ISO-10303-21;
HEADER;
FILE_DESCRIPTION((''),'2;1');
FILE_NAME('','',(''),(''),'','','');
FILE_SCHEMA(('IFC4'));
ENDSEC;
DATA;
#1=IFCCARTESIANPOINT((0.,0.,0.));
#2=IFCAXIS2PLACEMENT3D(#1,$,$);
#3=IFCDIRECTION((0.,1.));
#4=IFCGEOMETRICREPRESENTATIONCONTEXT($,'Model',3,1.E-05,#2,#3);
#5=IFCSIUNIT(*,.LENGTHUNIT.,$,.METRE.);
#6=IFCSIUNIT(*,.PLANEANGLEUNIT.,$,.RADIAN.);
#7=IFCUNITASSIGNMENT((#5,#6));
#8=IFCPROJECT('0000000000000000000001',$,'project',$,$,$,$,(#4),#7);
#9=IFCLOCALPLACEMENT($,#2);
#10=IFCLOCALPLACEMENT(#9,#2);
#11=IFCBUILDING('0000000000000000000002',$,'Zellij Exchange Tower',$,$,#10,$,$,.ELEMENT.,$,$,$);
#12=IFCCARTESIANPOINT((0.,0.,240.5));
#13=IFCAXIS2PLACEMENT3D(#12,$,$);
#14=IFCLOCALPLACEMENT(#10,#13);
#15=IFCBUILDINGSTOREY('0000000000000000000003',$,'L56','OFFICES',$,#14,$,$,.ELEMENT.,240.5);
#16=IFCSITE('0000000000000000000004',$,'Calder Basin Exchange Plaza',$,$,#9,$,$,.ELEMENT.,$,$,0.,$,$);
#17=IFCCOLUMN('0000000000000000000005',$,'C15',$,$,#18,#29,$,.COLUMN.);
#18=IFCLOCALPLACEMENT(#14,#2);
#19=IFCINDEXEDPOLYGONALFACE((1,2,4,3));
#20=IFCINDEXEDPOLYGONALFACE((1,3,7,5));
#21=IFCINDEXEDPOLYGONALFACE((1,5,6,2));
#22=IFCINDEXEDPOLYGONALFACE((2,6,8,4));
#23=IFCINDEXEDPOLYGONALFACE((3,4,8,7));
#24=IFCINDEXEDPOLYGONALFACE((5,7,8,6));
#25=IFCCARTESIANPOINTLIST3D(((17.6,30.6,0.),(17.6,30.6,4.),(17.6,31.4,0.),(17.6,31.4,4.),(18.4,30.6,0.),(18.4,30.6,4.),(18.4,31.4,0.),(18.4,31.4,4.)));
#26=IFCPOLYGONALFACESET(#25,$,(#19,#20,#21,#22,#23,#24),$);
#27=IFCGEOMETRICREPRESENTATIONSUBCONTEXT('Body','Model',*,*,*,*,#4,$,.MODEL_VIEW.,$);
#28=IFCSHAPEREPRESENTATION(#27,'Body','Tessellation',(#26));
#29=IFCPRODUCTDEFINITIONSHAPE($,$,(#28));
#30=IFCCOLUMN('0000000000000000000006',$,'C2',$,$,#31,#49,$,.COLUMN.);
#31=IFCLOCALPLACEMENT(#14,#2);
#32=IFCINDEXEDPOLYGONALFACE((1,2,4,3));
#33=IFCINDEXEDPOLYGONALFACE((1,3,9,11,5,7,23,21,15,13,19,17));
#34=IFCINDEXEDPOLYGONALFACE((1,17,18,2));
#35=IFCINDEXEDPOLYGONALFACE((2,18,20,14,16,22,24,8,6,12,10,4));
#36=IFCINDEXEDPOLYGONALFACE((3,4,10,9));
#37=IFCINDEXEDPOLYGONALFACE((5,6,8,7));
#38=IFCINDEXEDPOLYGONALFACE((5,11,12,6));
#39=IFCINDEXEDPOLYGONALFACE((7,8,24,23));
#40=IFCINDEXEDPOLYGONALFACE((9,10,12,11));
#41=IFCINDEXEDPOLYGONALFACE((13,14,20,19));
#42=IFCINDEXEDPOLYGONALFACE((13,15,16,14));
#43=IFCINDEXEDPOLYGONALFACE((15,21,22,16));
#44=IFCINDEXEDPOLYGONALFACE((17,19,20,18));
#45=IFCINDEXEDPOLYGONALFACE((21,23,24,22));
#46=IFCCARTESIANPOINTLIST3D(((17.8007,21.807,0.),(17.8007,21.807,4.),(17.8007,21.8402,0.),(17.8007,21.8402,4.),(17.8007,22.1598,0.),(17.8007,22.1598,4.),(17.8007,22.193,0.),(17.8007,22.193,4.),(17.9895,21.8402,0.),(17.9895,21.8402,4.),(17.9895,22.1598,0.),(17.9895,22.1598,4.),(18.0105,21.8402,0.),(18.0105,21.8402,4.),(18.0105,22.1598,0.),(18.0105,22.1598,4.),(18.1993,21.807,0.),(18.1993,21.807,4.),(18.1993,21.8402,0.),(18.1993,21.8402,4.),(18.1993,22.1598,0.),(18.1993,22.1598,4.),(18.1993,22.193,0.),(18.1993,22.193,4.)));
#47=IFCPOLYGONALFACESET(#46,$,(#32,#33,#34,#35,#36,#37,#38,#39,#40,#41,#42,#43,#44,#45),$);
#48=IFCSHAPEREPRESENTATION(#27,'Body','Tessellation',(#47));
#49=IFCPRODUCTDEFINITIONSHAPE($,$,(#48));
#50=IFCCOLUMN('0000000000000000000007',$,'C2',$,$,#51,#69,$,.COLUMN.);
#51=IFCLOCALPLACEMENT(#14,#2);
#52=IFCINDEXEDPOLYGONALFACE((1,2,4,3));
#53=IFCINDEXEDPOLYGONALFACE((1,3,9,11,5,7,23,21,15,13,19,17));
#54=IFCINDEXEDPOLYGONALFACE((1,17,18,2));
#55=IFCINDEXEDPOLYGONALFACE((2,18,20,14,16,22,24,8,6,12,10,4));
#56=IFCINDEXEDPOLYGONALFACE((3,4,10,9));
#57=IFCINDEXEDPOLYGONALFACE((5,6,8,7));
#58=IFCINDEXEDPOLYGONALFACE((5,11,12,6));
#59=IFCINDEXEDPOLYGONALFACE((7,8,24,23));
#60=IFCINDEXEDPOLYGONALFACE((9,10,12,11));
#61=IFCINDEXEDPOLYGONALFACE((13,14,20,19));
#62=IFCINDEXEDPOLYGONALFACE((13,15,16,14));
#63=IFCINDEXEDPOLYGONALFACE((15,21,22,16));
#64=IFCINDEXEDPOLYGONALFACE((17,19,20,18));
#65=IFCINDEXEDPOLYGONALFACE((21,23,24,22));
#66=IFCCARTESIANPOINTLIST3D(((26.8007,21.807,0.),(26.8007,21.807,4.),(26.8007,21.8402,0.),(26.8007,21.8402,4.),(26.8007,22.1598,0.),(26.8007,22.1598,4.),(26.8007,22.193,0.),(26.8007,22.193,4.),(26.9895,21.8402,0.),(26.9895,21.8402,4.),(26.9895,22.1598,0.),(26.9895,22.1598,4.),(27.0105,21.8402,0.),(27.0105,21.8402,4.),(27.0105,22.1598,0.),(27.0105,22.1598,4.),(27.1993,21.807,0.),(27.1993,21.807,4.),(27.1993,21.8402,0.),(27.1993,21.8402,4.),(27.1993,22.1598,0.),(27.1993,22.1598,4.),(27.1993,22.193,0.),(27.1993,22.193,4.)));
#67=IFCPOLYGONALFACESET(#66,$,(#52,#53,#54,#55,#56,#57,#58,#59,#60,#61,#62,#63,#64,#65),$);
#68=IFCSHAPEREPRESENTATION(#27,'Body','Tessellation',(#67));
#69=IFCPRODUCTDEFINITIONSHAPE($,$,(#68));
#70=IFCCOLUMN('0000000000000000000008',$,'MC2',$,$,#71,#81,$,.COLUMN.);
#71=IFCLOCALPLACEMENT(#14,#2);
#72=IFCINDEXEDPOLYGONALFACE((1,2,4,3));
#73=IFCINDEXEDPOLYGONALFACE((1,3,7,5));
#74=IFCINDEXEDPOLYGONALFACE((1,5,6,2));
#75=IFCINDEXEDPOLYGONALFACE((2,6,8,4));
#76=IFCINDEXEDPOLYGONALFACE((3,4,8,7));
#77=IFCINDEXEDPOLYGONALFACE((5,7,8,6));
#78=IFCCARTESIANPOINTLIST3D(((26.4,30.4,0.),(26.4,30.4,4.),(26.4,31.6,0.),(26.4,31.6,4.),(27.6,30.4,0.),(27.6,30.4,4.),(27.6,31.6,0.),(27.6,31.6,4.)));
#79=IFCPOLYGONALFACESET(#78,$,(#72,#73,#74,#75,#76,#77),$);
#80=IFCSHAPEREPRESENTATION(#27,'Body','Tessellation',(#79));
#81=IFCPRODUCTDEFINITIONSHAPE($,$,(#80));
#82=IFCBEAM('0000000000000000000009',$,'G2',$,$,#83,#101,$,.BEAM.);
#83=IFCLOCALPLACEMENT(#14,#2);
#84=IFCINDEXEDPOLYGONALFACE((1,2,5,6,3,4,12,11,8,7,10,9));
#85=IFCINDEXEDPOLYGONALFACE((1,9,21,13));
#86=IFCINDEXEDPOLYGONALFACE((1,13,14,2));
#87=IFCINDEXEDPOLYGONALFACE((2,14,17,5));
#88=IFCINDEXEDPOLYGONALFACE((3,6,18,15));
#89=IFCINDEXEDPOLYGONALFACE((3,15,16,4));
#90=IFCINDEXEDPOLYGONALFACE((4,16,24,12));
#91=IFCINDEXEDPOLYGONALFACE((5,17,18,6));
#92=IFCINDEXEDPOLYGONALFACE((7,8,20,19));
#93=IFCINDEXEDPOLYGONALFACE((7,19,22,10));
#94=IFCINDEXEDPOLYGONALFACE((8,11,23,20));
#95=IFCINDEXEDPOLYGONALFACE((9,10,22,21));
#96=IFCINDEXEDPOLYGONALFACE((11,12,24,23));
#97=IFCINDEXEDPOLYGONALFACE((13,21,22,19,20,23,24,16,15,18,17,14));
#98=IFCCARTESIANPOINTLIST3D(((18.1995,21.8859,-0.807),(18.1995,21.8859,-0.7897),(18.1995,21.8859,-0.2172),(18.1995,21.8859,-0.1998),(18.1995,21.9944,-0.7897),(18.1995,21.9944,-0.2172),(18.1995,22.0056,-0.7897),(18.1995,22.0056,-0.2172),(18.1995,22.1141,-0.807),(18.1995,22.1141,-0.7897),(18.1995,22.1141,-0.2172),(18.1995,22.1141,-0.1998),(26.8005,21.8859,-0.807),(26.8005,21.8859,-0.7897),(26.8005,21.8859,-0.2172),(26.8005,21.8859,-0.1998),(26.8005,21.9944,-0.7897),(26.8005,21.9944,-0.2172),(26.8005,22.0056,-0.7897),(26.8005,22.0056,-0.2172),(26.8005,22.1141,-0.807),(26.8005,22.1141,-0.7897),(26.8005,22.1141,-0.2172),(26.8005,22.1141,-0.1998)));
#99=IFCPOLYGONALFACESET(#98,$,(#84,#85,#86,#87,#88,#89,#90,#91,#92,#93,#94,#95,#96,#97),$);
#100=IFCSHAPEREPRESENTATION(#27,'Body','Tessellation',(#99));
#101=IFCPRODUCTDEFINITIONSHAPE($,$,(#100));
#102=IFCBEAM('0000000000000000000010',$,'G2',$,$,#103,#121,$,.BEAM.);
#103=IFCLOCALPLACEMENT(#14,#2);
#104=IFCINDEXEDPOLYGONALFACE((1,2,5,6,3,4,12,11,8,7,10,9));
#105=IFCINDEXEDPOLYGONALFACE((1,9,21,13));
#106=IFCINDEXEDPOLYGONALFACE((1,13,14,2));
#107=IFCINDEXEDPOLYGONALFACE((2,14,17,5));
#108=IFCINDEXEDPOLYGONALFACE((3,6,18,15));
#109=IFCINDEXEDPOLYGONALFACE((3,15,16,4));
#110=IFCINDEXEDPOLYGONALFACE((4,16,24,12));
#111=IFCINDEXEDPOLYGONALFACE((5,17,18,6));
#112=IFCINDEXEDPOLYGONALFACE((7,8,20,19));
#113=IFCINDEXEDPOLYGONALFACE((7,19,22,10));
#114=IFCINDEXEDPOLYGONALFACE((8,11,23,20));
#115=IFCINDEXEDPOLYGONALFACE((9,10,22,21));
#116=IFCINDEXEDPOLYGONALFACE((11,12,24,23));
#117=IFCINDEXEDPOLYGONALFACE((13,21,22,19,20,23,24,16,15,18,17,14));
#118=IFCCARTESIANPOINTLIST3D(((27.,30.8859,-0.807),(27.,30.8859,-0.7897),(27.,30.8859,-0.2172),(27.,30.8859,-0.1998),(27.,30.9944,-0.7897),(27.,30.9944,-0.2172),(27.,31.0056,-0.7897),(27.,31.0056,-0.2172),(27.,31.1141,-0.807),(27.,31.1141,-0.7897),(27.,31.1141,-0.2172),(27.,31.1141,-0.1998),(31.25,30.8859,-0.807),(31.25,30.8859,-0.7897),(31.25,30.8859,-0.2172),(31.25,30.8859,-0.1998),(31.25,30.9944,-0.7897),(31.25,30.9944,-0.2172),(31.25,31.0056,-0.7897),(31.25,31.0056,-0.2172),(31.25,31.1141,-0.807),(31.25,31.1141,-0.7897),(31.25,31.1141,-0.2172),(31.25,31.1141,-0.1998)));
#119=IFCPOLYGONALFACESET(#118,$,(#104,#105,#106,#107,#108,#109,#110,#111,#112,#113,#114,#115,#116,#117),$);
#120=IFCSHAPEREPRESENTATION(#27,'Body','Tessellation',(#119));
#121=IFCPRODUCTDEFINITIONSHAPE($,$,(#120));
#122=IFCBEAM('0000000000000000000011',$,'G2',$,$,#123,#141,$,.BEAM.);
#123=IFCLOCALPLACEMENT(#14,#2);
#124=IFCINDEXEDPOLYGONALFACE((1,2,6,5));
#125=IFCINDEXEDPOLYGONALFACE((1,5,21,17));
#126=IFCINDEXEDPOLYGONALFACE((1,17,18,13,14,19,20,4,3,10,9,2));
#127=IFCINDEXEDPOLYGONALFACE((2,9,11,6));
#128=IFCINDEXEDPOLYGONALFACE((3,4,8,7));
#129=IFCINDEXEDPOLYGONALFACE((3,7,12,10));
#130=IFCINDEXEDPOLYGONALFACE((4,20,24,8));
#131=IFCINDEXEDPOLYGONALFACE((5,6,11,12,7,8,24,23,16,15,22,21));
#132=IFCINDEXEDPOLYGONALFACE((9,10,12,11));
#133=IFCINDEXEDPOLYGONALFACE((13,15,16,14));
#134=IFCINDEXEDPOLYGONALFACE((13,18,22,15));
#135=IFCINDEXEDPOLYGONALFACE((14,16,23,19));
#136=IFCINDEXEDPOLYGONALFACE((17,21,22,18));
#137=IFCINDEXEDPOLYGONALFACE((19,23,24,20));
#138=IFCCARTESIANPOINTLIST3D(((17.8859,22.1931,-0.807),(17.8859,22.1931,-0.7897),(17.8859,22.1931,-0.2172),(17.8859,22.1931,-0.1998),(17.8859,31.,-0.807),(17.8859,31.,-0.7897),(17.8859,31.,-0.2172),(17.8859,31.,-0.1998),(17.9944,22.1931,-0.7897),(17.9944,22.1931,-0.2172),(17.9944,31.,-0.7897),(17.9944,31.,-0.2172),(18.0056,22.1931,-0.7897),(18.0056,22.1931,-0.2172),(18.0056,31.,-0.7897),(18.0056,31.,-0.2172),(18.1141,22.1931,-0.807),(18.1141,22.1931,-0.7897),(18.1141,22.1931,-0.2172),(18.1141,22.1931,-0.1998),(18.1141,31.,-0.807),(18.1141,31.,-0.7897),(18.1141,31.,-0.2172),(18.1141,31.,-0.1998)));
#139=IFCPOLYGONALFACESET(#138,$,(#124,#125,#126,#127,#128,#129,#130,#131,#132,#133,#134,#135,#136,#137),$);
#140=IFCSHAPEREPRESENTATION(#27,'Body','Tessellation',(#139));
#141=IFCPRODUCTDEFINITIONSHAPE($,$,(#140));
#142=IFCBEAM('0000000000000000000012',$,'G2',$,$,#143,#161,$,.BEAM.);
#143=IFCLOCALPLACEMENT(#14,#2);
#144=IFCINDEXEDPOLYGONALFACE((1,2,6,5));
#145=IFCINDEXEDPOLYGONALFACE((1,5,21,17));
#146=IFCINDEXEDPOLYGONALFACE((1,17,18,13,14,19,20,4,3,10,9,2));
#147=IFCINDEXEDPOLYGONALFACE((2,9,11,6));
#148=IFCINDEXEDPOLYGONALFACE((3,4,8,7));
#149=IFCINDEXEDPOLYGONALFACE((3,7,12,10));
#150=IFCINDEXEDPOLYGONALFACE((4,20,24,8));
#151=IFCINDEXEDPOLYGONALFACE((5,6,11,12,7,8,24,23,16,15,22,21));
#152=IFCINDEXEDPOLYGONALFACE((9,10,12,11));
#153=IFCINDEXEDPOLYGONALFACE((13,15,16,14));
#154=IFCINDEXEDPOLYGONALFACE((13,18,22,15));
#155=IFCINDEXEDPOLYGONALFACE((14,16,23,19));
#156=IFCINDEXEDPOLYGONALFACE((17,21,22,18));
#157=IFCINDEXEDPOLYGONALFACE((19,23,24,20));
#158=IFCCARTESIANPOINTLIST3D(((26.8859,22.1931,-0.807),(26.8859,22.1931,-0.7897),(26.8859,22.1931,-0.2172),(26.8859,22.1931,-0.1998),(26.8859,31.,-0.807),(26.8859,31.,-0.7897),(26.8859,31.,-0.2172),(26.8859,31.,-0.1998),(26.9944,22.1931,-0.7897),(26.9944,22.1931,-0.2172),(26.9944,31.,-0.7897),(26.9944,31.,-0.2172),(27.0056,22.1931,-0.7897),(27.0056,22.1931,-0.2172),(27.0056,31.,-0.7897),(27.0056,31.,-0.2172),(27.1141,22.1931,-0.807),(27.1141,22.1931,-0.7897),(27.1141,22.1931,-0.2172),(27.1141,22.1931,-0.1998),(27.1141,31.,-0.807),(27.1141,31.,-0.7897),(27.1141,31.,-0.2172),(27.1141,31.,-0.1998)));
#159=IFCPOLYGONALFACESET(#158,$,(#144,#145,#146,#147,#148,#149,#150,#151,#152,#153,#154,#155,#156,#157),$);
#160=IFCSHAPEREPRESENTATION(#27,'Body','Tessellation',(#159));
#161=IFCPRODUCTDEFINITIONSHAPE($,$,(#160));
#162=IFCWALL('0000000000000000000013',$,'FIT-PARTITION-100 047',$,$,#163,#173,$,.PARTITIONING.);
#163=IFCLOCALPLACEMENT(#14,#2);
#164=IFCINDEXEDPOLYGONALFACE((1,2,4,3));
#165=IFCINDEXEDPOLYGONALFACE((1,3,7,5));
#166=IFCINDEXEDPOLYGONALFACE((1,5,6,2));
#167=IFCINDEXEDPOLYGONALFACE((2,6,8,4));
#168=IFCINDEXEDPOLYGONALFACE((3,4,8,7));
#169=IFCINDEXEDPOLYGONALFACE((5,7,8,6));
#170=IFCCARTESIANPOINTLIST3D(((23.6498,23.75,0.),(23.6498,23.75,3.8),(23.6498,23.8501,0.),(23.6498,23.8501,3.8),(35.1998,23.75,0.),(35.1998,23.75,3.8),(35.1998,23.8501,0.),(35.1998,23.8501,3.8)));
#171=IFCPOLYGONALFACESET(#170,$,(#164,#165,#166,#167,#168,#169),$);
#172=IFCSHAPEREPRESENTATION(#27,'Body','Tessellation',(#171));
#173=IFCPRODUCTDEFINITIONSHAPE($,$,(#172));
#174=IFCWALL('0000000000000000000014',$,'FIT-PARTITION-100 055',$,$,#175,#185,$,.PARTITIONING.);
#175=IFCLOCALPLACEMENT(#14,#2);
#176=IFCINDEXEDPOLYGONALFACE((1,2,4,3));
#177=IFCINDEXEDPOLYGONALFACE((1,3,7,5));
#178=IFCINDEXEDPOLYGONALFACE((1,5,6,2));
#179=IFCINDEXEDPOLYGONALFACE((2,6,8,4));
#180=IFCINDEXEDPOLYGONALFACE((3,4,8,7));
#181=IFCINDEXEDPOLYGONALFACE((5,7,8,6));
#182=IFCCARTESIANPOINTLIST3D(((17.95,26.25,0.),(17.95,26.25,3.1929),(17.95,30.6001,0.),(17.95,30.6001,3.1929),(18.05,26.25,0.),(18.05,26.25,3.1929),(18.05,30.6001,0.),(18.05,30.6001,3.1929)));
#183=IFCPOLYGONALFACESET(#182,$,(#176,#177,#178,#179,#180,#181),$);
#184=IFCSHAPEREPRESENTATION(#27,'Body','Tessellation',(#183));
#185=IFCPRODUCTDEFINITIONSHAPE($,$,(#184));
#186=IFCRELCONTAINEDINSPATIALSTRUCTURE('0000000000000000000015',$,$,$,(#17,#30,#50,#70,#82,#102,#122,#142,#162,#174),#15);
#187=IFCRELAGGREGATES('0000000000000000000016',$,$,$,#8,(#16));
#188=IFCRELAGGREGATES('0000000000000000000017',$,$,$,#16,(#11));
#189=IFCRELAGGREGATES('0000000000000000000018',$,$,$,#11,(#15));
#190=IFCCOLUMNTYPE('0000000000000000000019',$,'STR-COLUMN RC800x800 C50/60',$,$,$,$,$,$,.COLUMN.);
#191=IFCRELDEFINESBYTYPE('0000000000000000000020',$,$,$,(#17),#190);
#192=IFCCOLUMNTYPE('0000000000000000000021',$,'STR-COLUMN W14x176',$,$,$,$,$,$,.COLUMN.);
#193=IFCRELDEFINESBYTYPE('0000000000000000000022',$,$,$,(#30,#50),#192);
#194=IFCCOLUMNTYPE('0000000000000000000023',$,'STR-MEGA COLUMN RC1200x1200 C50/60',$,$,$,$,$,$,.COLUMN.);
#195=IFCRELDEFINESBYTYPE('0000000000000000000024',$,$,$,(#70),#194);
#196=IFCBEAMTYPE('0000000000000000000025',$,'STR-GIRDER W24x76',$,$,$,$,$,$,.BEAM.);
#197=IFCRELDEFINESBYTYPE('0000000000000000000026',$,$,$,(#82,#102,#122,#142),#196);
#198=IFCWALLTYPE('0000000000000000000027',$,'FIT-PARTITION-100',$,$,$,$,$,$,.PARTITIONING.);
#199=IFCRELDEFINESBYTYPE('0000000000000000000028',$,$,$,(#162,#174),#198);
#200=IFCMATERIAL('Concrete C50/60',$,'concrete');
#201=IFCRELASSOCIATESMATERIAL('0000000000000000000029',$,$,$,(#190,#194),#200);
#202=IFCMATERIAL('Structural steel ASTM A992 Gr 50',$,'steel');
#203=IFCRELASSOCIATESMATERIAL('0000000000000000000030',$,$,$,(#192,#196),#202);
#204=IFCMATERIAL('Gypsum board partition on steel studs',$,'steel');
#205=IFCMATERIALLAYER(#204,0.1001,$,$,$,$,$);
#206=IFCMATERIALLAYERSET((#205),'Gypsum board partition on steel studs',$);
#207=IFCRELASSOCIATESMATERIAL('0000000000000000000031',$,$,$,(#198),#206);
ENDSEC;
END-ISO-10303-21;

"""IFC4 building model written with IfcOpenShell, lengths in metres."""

from ifc_helpers import new_model, si_unit, direction, frame, frame_2d, origin, origin_2d, place, context, subcontext, project, spatial, rectangle, i_section, extrude, material, layer, layer_set, material_profile, profile_set, type_object, element, save


model = new_model("IFC4")

# Units and contexts
model_context = context("Model", 3, precision=1e-05, world=origin(), true_north=direction((0.0, 1.0)))
body_context = subcontext(model_context, "Body", "Model", "MODEL_VIEW")
ifc_project = project(units=[si_unit("LENGTHUNIT", "METRE"), si_unit("PLANEANGLEUNIT", "RADIAN")], contexts=[model_context])

# Site, building, storey
site_placement = place(None, origin())
site = spatial("IfcSite", under=ifc_project, at=site_placement, Name="Calder Basin Exchange Plaza", CompositionType="ELEMENT", RefElevation=0.0)
building_placement = place(site_placement, origin())
building = spatial("IfcBuilding", under=site, at=building_placement, Name="Zellij Exchange Tower", CompositionType="ELEMENT")
storey_placement = place(building_placement, frame((0.0, 0.0, 240.5)))
storey = spatial("IfcBuildingStorey", under=building, at=storey_placement, Name="L56", Description="OFFICES", CompositionType="ELEMENT", Elevation=240.5)

# Columns
ifc_material_1 = material(Name="Concrete C50/60", Category="concrete")
ifc_material_profile_1 = material_profile(ifc_material_1, rectangle(XDim=0.8, YDim=0.8, at=origin_2d()), Name="STR-COLUMN RC800x800 C50/60")
ifc_profile_set_1 = profile_set([ifc_material_profile_1], Name="Concrete C50/60")
column_type_1 = type_object("IfcColumnType", Name="STR-COLUMN RC800x800 C50/60", PredefinedType="COLUMN", material=ifc_profile_set_1)
column_1_placement = place(storey_placement, frame((18.0, 31.0, 0.0), z_axis=(0.0, 0.0, 1.0), x_axis=(1.0, 0.0, 0.0)))
element("IfcColumn", 1, at=column_1_placement, inside=storey, type_object=column_type_1, Name="C15", PredefinedType="COLUMN", context=body_context, shape_type="SweptSolid", body=[
    extrude(rectangle(XDim=0.8, YDim=0.8, at=origin_2d()), origin(), (0.0, 0.0, 1.0), 4.0),
])
ifc_material_2 = material(Name="Structural steel ASTM A992 Gr 50", Category="steel")
ifc_material_profile_2 = material_profile(ifc_material_2, i_section(OverallWidth=0.3987, OverallDepth=0.386, WebThickness=0.021, FlangeThickness=0.0332, at=origin_2d()), Name="W14x176")
ifc_profile_set_2 = profile_set([ifc_material_profile_2], Name="Structural steel ASTM A992 Gr 50")
column_type_2 = type_object("IfcColumnType", Name="STR-COLUMN W14x176", PredefinedType="COLUMN", material=ifc_profile_set_2)
for number, where, z_axis, x_axis, name in (
    (2, (18.0, 22.0, 0.0), (0.0, 0.0, 1.0), (1.0, 0.0, 0.0), "C2"),
    (3, (27.0, 22.0, 0.0), (0.0, 0.0, 1.0), (1.0, 0.0, 0.0), "C2"),
):
    element("IfcColumn", number, at=place(storey_placement, frame(where, z_axis=z_axis, x_axis=x_axis)), inside=storey, type_object=column_type_2, Name=name, PredefinedType="COLUMN", context=body_context, shape_type="SweptSolid", body=[
        extrude(i_section(OverallWidth=0.3987, OverallDepth=0.386, WebThickness=0.021, FlangeThickness=0.0332, at=origin_2d()), origin(), (0.0, 0.0, 1.0), 4.0),
    ])
ifc_material_profile_3 = material_profile(ifc_material_1, rectangle(XDim=1.2, YDim=1.2, at=origin_2d()), Name="STR-MEGA COLUMN RC1200x1200 C50/60")
ifc_profile_set_3 = profile_set([ifc_material_profile_3], Name="Concrete C50/60")
column_type_3 = type_object("IfcColumnType", Name="STR-MEGA COLUMN RC1200x1200 C50/60", PredefinedType="COLUMN", material=ifc_profile_set_3)
column_2_placement = place(storey_placement, frame((27.0, 31.0, 0.0), z_axis=(0.0, 0.0, 1.0), x_axis=(1.0, 0.0, 0.0)))
element("IfcColumn", 4, at=column_2_placement, inside=storey, type_object=column_type_3, Name="MC2", PredefinedType="COLUMN", context=body_context, shape_type="SweptSolid", body=[
    extrude(rectangle(XDim=1.2, YDim=1.2, at=origin_2d()), origin(), (0.0, 0.0, 1.0), 4.0),
])

# Beams
ifc_material_profile_4 = material_profile(ifc_material_2, i_section(OverallWidth=0.2283, OverallDepth=0.6072, WebThickness=0.0112, FlangeThickness=0.0173, at=origin_2d()), Name="W24x76")
ifc_profile_set_4 = profile_set([ifc_material_profile_4], Name="Structural steel ASTM A992 Gr 50")
beam_type = type_object("IfcBeamType", Name="STR-GIRDER W24x76", PredefinedType="BEAM", material=ifc_profile_set_4)
beam_1_placement = place(storey_placement, frame((18.1995, 22.0, -0.5034), z_axis=(1.0, 0.0, 0.0), x_axis=(0.0, 1.0, 0.0)))
element("IfcBeam", 5, at=beam_1_placement, inside=storey, type_object=beam_type, Name="G2", PredefinedType="BEAM", context=body_context, shape_type="SweptSolid", body=[
    extrude(i_section(OverallWidth=0.2283, OverallDepth=0.6072, WebThickness=0.0112, FlangeThickness=0.0173, at=origin_2d()), origin(), (0.0, 0.0, 1.0), 8.6011),
])
beam_2_placement = place(storey_placement, frame((27.0, 31.0, -0.5034), z_axis=(1.0, 0.0, 0.0), x_axis=(0.0, 1.0, 0.0)))
element("IfcBeam", 6, at=beam_2_placement, inside=storey, type_object=beam_type, Name="G2", PredefinedType="BEAM", context=body_context, shape_type="SweptSolid", body=[
    extrude(i_section(OverallWidth=0.2283, OverallDepth=0.6072, WebThickness=0.0112, FlangeThickness=0.0173, at=origin_2d()), origin(), (0.0, 0.0, 1.0), 4.25),
])
for number, where, z_axis, x_axis, name in (
    (7, (18.0, 22.1931, -0.5034), (0.0, 1.0, 0.0), (-1.0, 0.0, 0.0), "G2"),
    (8, (27.0, 22.1931, -0.5034), (0.0, 1.0, 0.0), (-1.0, 0.0, 0.0), "G2"),
):
    element("IfcBeam", number, at=place(storey_placement, frame(where, z_axis=z_axis, x_axis=x_axis)), inside=storey, type_object=beam_type, Name=name, PredefinedType="BEAM", context=body_context, shape_type="SweptSolid", body=[
        extrude(i_section(OverallWidth=0.2283, OverallDepth=0.6072, WebThickness=0.0112, FlangeThickness=0.0173, at=origin_2d()), origin(), (0.0, 0.0, 1.0), 8.8069),
    ])

# Walls
ifc_material_3 = material(Name="Gypsum board partition on steel studs", Category="steel")
ifc_layer = layer(ifc_material_3, 0.1001)
ifc_layer_set = layer_set([ifc_layer], Name="Gypsum board partition on steel studs")
wall_type = type_object("IfcWallType", Name="FIT-PARTITION-100", PredefinedType="PARTITIONING", material=ifc_layer_set)
wall_1_placement = place(storey_placement, frame((23.6499, 23.8, 0.0), z_axis=(0.0, 0.0, 1.0), x_axis=(1.0, 0.0, 0.0)))
element("IfcWall", 9, at=wall_1_placement, inside=storey, type_object=wall_type, Name="FIT-PARTITION-100 047", PredefinedType="PARTITIONING", context=body_context, shape_type="SweptSolid", body=[
    extrude(rectangle(XDim=11.55, YDim=0.1001, at=frame_2d((5.7749, 0.0))), origin(), (0.0, 0.0, 1.0), 3.8),
])
wall_2_placement = place(storey_placement, frame((18.0, 26.25, 0.0), z_axis=(0.0, 0.0, 1.0), x_axis=(0.0, 1.0, 0.0)))
element("IfcWall", 10, at=wall_2_placement, inside=storey, type_object=wall_type, Name="FIT-PARTITION-100 055", PredefinedType="PARTITIONING", context=body_context, shape_type="SweptSolid", body=[
    extrude(rectangle(XDim=4.3501, YDim=0.1001, at=frame_2d((2.175, 0.0))), origin(), (0.0, 0.0, 1.0), 3.1929),
])

save(model, "model.ifc")
